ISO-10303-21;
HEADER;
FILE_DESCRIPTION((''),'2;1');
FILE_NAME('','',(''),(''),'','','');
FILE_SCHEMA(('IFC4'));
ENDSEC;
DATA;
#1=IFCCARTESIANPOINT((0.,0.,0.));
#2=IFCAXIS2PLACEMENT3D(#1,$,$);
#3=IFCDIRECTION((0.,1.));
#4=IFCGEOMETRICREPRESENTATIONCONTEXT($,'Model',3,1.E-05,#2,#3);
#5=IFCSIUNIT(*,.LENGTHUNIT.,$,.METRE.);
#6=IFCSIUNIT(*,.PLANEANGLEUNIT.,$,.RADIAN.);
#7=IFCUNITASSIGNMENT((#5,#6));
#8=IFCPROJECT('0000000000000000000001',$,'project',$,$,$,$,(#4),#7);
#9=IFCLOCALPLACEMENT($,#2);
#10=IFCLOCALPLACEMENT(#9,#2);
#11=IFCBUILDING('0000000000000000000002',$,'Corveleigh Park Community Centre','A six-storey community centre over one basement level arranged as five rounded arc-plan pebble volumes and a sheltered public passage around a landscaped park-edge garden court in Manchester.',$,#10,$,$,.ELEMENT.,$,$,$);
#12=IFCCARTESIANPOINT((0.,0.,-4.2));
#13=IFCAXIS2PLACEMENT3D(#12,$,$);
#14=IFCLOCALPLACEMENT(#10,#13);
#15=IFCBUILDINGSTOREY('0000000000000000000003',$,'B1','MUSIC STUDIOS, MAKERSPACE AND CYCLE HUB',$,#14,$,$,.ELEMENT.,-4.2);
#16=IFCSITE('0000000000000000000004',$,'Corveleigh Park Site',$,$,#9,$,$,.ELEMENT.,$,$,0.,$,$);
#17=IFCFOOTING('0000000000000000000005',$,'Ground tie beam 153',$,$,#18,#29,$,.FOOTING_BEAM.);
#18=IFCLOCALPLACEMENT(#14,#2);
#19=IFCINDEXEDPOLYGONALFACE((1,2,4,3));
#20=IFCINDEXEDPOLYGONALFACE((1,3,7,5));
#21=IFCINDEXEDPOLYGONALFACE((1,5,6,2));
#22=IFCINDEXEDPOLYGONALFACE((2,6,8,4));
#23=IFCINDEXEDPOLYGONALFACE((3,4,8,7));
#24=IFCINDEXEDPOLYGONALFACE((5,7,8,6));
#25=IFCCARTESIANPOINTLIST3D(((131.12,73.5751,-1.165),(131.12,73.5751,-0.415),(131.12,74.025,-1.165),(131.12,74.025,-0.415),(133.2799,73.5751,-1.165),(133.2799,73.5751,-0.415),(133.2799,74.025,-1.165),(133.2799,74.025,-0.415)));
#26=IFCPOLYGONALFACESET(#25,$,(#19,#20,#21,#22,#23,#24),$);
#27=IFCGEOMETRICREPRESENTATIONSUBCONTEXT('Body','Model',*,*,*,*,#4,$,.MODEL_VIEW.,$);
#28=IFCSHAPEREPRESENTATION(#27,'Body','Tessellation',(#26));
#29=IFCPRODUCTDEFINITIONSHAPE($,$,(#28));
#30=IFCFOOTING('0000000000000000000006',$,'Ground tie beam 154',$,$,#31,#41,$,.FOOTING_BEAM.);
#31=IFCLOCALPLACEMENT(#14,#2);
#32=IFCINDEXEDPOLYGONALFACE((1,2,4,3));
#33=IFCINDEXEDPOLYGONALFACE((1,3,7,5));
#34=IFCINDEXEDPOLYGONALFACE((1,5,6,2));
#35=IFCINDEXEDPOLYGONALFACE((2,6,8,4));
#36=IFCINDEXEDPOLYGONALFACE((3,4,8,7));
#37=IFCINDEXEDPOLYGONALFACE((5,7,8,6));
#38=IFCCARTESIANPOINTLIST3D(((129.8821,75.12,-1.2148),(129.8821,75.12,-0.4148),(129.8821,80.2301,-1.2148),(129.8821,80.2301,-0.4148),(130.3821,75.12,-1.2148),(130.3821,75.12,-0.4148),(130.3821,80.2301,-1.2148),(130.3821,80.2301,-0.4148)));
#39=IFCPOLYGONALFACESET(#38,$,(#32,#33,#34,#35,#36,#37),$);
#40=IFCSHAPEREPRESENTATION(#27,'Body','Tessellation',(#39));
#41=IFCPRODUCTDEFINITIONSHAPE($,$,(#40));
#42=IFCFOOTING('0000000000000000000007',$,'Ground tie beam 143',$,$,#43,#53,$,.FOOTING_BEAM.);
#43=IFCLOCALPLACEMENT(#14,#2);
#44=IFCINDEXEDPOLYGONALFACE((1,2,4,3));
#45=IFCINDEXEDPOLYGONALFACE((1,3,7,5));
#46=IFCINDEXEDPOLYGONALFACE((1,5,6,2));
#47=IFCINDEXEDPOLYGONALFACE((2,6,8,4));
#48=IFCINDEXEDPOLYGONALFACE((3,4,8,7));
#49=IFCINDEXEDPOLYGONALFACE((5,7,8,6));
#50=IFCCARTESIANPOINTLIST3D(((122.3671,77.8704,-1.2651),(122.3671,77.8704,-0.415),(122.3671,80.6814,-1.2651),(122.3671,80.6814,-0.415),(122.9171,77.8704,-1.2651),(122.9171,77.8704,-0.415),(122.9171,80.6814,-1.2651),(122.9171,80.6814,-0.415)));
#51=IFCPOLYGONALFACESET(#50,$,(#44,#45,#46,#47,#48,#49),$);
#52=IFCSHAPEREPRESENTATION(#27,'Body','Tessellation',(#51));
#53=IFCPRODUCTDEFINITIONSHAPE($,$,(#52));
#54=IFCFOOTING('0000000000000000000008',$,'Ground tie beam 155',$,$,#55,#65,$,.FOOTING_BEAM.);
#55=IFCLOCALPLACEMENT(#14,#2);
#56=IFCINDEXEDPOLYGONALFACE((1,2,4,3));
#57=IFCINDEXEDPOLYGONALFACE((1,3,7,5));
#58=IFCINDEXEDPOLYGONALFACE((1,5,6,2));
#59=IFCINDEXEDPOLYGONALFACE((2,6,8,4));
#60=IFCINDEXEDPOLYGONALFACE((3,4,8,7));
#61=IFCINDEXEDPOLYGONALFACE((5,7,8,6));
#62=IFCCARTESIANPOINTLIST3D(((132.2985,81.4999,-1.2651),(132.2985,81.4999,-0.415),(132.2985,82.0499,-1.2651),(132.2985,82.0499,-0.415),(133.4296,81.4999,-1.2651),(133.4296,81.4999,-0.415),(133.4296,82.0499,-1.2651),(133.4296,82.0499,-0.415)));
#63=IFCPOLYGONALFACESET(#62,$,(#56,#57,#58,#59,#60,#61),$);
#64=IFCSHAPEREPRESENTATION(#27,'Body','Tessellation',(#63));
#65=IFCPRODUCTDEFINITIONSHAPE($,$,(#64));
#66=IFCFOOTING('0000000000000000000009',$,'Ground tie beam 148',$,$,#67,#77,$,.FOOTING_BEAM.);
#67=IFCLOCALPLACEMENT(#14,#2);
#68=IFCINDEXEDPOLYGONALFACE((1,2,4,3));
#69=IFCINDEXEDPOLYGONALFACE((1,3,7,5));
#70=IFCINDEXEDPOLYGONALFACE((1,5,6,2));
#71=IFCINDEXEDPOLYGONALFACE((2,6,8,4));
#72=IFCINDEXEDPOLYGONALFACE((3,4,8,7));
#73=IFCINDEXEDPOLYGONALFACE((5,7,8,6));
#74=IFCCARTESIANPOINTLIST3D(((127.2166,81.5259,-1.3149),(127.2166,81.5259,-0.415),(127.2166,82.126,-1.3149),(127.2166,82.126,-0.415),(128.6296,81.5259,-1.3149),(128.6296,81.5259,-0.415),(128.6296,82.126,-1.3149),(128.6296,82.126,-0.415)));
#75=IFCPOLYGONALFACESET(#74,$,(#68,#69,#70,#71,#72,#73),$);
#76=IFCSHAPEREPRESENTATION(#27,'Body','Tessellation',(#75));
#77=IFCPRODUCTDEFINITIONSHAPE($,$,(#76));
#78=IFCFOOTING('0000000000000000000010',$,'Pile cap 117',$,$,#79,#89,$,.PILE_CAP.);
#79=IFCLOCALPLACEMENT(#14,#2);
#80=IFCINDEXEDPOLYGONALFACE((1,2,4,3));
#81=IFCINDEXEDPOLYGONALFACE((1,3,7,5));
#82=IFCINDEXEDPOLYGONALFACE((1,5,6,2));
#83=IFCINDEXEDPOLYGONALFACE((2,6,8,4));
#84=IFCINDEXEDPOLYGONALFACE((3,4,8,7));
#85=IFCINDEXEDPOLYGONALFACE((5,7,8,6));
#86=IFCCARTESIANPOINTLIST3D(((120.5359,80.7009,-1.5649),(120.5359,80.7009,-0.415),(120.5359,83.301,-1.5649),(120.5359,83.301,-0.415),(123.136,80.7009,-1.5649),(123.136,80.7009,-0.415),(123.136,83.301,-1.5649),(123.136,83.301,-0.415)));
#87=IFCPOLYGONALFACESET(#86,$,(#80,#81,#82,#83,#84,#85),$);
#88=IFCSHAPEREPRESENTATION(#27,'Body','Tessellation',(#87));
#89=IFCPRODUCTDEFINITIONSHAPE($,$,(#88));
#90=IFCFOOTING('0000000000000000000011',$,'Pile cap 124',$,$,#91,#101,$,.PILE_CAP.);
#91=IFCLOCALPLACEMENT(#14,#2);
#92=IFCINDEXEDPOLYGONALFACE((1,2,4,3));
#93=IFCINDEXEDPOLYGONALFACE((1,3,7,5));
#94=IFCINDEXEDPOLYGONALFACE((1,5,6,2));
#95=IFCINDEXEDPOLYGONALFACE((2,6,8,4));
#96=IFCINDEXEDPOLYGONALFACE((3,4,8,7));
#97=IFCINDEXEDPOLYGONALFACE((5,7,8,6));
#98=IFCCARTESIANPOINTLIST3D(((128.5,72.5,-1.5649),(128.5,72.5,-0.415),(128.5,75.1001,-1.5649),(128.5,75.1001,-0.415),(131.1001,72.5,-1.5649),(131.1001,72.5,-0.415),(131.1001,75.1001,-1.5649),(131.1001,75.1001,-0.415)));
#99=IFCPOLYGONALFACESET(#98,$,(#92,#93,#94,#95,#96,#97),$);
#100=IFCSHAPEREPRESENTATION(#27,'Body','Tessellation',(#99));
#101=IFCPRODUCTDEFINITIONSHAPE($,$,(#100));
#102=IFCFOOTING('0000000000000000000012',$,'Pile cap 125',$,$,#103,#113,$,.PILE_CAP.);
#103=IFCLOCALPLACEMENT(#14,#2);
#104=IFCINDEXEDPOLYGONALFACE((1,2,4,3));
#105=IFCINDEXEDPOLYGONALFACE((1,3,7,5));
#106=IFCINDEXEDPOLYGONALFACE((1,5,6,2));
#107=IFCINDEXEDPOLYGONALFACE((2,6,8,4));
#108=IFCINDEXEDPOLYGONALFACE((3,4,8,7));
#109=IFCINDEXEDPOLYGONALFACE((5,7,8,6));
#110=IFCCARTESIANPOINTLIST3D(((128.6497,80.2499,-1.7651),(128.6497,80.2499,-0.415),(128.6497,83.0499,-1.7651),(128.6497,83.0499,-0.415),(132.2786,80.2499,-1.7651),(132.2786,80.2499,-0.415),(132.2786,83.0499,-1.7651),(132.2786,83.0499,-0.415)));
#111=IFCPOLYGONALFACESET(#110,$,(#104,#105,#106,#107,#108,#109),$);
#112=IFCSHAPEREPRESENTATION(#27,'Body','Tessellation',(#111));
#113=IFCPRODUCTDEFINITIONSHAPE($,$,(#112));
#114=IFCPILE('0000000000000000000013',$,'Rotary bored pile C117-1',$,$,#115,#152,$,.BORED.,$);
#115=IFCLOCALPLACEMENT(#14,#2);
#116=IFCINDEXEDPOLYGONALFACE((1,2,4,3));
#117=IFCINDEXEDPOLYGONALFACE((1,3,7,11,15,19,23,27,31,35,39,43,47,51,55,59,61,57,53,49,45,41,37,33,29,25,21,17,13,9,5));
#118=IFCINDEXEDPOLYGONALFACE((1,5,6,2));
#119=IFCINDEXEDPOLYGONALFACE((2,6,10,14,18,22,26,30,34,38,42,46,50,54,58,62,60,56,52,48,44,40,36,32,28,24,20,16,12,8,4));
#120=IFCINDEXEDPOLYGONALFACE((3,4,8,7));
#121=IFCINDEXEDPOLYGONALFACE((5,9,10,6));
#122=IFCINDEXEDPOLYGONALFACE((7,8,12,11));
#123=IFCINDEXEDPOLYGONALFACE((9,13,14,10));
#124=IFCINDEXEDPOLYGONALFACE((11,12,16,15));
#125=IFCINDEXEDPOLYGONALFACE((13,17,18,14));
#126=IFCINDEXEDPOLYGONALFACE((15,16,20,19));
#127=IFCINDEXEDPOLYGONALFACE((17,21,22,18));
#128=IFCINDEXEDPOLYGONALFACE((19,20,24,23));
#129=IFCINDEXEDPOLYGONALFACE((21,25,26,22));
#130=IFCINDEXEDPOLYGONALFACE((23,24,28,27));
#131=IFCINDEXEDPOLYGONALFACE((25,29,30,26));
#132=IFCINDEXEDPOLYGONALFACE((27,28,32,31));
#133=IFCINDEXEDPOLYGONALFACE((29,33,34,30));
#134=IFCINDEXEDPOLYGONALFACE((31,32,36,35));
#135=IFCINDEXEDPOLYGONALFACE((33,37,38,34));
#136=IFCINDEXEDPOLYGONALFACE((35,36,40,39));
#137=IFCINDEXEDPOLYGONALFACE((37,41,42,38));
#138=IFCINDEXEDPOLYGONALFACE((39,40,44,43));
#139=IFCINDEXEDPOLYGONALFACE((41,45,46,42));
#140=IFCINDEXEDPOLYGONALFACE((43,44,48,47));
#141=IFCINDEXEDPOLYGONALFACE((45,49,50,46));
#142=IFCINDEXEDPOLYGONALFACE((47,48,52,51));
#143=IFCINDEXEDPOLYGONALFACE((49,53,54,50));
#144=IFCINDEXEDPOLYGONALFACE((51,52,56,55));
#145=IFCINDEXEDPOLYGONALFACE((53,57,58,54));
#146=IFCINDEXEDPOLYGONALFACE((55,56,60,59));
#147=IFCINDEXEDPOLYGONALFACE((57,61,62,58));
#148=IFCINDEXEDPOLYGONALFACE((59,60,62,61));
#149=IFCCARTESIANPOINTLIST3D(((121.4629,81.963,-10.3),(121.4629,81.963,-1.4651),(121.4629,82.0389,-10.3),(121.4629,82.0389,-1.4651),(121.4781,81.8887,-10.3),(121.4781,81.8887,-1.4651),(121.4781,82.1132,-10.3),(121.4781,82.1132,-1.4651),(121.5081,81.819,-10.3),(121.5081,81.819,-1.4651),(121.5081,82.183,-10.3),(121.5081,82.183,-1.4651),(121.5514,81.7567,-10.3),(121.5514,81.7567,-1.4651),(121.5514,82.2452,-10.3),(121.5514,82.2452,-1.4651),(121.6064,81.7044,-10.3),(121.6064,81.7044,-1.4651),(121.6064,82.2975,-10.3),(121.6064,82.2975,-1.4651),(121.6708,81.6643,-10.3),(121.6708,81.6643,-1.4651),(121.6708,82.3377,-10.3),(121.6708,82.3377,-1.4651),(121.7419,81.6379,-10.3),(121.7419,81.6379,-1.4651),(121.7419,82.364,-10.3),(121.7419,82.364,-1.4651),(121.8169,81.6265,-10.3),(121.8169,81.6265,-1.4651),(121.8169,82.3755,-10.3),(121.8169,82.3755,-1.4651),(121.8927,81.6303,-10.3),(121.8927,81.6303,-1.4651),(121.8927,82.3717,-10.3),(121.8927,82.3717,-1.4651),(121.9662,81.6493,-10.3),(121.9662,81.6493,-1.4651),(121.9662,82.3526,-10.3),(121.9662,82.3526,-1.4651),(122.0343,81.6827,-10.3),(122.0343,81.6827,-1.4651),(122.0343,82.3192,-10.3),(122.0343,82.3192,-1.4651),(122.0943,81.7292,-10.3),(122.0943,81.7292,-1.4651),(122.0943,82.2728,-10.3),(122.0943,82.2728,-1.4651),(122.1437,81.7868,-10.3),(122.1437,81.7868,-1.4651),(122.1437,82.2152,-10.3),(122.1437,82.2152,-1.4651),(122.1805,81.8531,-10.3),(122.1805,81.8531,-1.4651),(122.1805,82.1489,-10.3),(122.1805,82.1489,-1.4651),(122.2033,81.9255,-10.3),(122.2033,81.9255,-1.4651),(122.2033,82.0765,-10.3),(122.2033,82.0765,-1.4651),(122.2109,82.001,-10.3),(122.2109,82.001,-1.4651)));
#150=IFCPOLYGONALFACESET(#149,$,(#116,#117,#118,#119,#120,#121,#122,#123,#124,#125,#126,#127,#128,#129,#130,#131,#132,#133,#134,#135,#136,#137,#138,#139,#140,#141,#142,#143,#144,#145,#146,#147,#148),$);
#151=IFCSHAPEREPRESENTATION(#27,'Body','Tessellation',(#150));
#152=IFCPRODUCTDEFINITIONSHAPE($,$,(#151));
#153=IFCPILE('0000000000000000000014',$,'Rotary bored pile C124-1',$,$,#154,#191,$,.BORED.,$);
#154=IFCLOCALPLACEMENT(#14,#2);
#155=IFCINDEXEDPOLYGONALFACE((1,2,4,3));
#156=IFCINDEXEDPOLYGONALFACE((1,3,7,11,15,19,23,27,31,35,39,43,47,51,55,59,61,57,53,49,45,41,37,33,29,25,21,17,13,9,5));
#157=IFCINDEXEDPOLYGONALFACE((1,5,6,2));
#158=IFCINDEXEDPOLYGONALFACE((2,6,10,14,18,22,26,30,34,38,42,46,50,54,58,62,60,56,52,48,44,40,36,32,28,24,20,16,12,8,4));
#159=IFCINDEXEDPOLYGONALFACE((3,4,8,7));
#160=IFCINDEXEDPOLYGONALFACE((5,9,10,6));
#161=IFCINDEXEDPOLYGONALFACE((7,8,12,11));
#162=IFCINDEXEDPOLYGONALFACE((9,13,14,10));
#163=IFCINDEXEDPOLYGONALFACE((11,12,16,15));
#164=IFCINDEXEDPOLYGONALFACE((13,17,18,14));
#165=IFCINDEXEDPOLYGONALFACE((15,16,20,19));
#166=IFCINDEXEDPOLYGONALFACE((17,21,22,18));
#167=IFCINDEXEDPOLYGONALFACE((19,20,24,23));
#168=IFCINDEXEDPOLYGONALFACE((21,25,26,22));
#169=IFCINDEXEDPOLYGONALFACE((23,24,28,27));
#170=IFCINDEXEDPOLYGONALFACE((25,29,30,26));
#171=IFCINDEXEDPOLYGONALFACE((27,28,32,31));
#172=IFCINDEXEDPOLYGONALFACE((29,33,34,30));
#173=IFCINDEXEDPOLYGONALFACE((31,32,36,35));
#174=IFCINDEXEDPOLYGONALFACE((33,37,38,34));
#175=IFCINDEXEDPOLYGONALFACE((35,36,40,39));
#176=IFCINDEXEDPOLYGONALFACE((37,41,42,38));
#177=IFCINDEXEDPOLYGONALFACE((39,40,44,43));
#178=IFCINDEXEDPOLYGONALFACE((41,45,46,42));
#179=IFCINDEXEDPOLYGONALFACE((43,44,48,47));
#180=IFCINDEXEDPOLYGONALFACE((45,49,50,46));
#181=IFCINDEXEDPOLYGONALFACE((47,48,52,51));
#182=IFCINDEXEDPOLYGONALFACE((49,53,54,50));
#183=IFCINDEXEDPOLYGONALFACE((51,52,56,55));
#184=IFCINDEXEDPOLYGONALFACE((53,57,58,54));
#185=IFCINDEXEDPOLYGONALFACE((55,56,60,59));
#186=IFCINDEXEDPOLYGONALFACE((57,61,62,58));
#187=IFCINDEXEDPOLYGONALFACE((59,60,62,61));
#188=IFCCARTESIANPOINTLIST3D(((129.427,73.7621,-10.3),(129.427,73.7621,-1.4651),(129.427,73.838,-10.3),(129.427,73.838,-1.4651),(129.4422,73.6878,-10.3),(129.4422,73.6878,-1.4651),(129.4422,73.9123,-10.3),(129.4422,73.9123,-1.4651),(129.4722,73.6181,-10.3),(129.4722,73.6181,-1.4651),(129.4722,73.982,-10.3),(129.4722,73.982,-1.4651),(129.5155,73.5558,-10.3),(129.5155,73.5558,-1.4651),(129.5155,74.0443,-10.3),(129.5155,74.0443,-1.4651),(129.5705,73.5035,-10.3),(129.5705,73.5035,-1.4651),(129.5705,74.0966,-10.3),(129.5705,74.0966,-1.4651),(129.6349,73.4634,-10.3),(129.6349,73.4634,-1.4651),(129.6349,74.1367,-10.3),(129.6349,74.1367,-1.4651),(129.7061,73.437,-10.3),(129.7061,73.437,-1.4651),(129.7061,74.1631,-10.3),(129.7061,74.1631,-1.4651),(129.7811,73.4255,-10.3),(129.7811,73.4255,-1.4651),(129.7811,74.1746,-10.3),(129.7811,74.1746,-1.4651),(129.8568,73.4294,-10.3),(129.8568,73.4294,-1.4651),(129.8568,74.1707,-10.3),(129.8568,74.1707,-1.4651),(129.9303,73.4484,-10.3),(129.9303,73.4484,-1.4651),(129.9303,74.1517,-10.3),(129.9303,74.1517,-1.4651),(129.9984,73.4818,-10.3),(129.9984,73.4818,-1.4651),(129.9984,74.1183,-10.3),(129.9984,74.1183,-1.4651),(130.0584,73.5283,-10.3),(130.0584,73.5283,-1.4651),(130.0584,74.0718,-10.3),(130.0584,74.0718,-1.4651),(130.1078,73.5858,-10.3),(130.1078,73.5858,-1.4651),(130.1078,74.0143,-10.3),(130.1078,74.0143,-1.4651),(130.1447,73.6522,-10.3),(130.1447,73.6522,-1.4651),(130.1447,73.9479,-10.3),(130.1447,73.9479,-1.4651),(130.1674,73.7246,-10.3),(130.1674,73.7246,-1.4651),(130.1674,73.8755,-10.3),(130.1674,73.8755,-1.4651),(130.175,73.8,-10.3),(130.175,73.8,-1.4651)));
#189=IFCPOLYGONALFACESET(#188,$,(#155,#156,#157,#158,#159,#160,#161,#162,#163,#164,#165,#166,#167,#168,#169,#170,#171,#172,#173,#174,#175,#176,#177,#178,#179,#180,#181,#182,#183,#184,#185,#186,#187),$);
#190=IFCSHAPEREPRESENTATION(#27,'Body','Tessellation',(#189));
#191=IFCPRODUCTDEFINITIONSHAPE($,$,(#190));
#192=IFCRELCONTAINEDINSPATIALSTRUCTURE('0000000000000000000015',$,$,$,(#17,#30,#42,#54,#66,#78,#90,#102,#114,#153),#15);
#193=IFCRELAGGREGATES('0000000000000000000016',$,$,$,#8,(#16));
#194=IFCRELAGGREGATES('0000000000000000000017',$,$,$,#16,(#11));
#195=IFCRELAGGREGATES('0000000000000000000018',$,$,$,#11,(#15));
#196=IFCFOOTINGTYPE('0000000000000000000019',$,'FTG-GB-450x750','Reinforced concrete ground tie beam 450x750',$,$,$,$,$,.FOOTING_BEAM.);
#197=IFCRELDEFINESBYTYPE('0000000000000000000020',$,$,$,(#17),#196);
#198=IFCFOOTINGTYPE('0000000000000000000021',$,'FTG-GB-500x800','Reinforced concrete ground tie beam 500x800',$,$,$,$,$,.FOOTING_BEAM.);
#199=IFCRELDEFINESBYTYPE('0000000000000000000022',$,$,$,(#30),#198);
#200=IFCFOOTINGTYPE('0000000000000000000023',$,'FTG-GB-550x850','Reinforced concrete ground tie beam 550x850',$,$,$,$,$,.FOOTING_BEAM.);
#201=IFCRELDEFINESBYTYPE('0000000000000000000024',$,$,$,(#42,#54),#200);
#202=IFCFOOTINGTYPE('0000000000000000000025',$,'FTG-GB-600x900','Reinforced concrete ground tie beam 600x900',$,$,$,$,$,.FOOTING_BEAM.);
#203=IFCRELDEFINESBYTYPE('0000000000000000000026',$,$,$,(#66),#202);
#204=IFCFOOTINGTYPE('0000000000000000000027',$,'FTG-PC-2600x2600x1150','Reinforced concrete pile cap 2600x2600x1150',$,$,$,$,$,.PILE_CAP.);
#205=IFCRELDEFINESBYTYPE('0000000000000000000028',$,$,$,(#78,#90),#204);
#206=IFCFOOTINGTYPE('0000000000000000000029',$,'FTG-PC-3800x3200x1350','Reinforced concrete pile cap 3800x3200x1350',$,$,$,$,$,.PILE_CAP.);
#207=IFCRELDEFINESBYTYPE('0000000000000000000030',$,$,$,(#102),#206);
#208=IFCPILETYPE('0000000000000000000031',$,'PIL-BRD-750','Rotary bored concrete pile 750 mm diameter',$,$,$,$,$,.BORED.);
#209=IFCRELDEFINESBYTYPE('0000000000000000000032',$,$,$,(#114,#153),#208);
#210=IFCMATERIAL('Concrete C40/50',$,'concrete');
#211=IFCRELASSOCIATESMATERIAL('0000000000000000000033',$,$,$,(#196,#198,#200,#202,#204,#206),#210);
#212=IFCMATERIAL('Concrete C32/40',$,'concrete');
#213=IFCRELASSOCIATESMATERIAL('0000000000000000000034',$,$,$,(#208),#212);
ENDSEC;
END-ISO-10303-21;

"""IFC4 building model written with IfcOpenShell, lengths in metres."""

from ifc_helpers import new_model, si_unit, direction, frame, origin, origin_2d, place, context, subcontext, project, spatial, rectangle, circle, extrude, material, material_profile, profile_set, type_object, element, save


model = new_model("IFC4")

# Units and contexts
model_context = context("Model", 3, precision=1e-05, world=origin(), true_north=direction((0.0, 1.0)))
body_context = subcontext(model_context, "Body", "Model", "MODEL_VIEW")
ifc_project = project(units=[si_unit("LENGTHUNIT", "METRE"), si_unit("PLANEANGLEUNIT", "RADIAN")], contexts=[model_context])

# Site, building, storey
site_placement = place(None, origin())
site = spatial("IfcSite", under=ifc_project, at=site_placement, Name="Corveleigh Park Site", CompositionType="ELEMENT", RefElevation=0.0)
building_placement = place(site_placement, origin())
building = spatial("IfcBuilding", under=site, at=building_placement, Name="Corveleigh Park Community Centre", Description="A six-storey community centre over one basement level arranged as five rounded arc-plan pebble volumes and a sheltered public passage around a landscaped park-edge garden court in Manchester.", CompositionType="ELEMENT")
storey_placement = place(building_placement, frame((0.0, 0.0, -4.2)))
storey = spatial("IfcBuildingStorey", under=building, at=storey_placement, Name="B1", Description="MUSIC STUDIOS, MAKERSPACE AND CYCLE HUB", CompositionType="ELEMENT", Elevation=-4.2)

# Footings
ifc_material_1 = material(Name="Concrete C40/50", Category="concrete")
footing_type_1 = type_object("IfcFootingType", Name="FTG-GB-450x750", Description="Reinforced concrete ground tie beam 450x750", PredefinedType="FOOTING_BEAM", material=ifc_material_1)
footing_1_placement = place(storey_placement, frame((132.2, 73.8, -1.165), z_axis=(0.0, 0.0, 1.0), x_axis=(1.0, 0.0, 0.0)))
element("IfcFooting", 1, at=footing_1_placement, inside=storey, type_object=footing_type_1, Name="Ground tie beam 153", PredefinedType="FOOTING_BEAM", context=body_context, shape_type="SweptSolid", body=[
    extrude(rectangle(XDim=2.1599, YDim=0.45, at=origin_2d()), origin(), (0.0, 0.0, 1.0), 0.75),
])
footing_type_2 = type_object("IfcFootingType", Name="FTG-GB-500x800", Description="Reinforced concrete ground tie beam 500x800", PredefinedType="FOOTING_BEAM", material=ifc_material_1)
footing_2_placement = place(storey_placement, frame((130.1321, 77.675, -1.2148), z_axis=(0.0, 0.0, 1.0), x_axis=(1.0, 0.0, 0.0)))
element("IfcFooting", 2, at=footing_2_placement, inside=storey, type_object=footing_type_2, Name="Ground tie beam 154", PredefinedType="FOOTING_BEAM", context=body_context, shape_type="SweptSolid", body=[
    extrude(rectangle(XDim=0.5, YDim=5.1101, at=origin_2d()), origin(), (0.0, 0.0, 1.0), 0.8),
])
footing_type_3 = type_object("IfcFootingType", Name="FTG-GB-550x850", Description="Reinforced concrete ground tie beam 550x850", PredefinedType="FOOTING_BEAM", material=ifc_material_1)
footing_3_placement = place(storey_placement, frame((122.6421, 79.2759, -1.2651), z_axis=(0.0, 0.0, 1.0), x_axis=(1.0, 0.0, 0.0)))
element("IfcFooting", 3, at=footing_3_placement, inside=storey, type_object=footing_type_3, Name="Ground tie beam 143", PredefinedType="FOOTING_BEAM", context=body_context, shape_type="SweptSolid", body=[
    extrude(rectangle(XDim=0.55, YDim=2.811, at=origin_2d()), origin(), (0.0, 0.0, 1.0), 0.8501),
])
footing_4_placement = place(storey_placement, frame((132.864, 81.7749, -1.2651), z_axis=(0.0, 0.0, 1.0), x_axis=(1.0, 0.0, 0.0)))
element("IfcFooting", 4, at=footing_4_placement, inside=storey, type_object=footing_type_3, Name="Ground tie beam 155", PredefinedType="FOOTING_BEAM", context=body_context, shape_type="SweptSolid", body=[
    extrude(rectangle(XDim=1.1311, YDim=0.55, at=origin_2d()), origin(), (0.0, 0.0, 1.0), 0.8501),
])
footing_type_4 = type_object("IfcFootingType", Name="FTG-GB-600x900", Description="Reinforced concrete ground tie beam 600x900", PredefinedType="FOOTING_BEAM", material=ifc_material_1)
footing_5_placement = place(storey_placement, frame((127.9231, 81.8259, -1.3149), z_axis=(0.0, 0.0, 1.0), x_axis=(1.0, 0.0, 0.0)))
element("IfcFooting", 5, at=footing_5_placement, inside=storey, type_object=footing_type_4, Name="Ground tie beam 148", PredefinedType="FOOTING_BEAM", context=body_context, shape_type="SweptSolid", body=[
    extrude(rectangle(XDim=1.4131, YDim=0.6001, at=origin_2d()), origin(), (0.0, 0.0, 1.0), 0.8999),
])
footing_type_5 = type_object("IfcFootingType", Name="FTG-PC-2600x2600x1150", Description="Reinforced concrete pile cap 2600x2600x1150", PredefinedType="PILE_CAP", material=ifc_material_1)
for number, where, z_axis, x_axis, name in (
    (6, (121.8359, 82.001, -1.5649), (0.0, 0.0, 1.0), (1.0, 0.0, 0.0), "Pile cap 117"),
    (7, (129.8, 73.8, -1.5649), (0.0, 0.0, 1.0), (1.0, 0.0, 0.0), "Pile cap 124"),
):
    element("IfcFooting", number, at=place(storey_placement, frame(where, z_axis=z_axis, x_axis=x_axis)), inside=storey, type_object=footing_type_5, Name=name, PredefinedType="PILE_CAP", context=body_context, shape_type="SweptSolid", body=[
        extrude(rectangle(XDim=2.6001, YDim=2.6001, at=origin_2d()), origin(), (0.0, 0.0, 1.0), 1.1499),
    ])
footing_type_6 = type_object("IfcFootingType", Name="FTG-PC-3800x3200x1350", Description="Reinforced concrete pile cap 3800x3200x1350", PredefinedType="PILE_CAP", material=ifc_material_1)
footing_6_placement = place(storey_placement, frame((130.4641, 81.6499, -1.7651), z_axis=(0.0, 0.0, 1.0), x_axis=(1.0, 0.0, 0.0)))
element("IfcFooting", 8, at=footing_6_placement, inside=storey, type_object=footing_type_6, Name="Pile cap 125", PredefinedType="PILE_CAP", context=body_context, shape_type="SweptSolid", body=[
    extrude(rectangle(XDim=3.6289, YDim=2.8, at=origin_2d()), origin(), (0.0, 0.0, 1.0), 1.3501),
])

# Piles
ifc_material_2 = material(Name="Concrete C32/40", Category="concrete")
ifc_material_profile_1 = material_profile(ifc_material_2, circle(Radius=0.375, at=origin_2d()), Name="BORED-PILE-750", Category="concrete")
ifc_profile_set_1 = profile_set([ifc_material_profile_1], Name="Concrete C32/40")
pile_type_1 = type_object("IfcPileType", Name="PIL-BRD-750", Description="Rotary bored concrete pile 750 mm diameter", PredefinedType="BORED", material=ifc_profile_set_1)
for number, where, z_axis, x_axis, name in (
    (9, (121.8359, 82.001, -1.4651), (0.0, 0.0, -1.0), (1.0, 0.0, 0.0), "Rotary bored pile C117-1"),
    (10, (129.8, 73.8, -1.4651), (0.0, 0.0, -1.0), (1.0, 0.0, 0.0), "Rotary bored pile C124-1"),
):
    element("IfcPile", number, at=place(storey_placement, frame(where, z_axis=z_axis, x_axis=x_axis)), inside=storey, type_object=pile_type_1, Name=name, PredefinedType="BORED", context=body_context, shape_type="SweptSolid", body=[
        extrude(circle(Radius=0.375, at=origin_2d()), origin(), (0.0, 0.0, 1.0), 8.835),
    ])

save(model, "model.ifc")
